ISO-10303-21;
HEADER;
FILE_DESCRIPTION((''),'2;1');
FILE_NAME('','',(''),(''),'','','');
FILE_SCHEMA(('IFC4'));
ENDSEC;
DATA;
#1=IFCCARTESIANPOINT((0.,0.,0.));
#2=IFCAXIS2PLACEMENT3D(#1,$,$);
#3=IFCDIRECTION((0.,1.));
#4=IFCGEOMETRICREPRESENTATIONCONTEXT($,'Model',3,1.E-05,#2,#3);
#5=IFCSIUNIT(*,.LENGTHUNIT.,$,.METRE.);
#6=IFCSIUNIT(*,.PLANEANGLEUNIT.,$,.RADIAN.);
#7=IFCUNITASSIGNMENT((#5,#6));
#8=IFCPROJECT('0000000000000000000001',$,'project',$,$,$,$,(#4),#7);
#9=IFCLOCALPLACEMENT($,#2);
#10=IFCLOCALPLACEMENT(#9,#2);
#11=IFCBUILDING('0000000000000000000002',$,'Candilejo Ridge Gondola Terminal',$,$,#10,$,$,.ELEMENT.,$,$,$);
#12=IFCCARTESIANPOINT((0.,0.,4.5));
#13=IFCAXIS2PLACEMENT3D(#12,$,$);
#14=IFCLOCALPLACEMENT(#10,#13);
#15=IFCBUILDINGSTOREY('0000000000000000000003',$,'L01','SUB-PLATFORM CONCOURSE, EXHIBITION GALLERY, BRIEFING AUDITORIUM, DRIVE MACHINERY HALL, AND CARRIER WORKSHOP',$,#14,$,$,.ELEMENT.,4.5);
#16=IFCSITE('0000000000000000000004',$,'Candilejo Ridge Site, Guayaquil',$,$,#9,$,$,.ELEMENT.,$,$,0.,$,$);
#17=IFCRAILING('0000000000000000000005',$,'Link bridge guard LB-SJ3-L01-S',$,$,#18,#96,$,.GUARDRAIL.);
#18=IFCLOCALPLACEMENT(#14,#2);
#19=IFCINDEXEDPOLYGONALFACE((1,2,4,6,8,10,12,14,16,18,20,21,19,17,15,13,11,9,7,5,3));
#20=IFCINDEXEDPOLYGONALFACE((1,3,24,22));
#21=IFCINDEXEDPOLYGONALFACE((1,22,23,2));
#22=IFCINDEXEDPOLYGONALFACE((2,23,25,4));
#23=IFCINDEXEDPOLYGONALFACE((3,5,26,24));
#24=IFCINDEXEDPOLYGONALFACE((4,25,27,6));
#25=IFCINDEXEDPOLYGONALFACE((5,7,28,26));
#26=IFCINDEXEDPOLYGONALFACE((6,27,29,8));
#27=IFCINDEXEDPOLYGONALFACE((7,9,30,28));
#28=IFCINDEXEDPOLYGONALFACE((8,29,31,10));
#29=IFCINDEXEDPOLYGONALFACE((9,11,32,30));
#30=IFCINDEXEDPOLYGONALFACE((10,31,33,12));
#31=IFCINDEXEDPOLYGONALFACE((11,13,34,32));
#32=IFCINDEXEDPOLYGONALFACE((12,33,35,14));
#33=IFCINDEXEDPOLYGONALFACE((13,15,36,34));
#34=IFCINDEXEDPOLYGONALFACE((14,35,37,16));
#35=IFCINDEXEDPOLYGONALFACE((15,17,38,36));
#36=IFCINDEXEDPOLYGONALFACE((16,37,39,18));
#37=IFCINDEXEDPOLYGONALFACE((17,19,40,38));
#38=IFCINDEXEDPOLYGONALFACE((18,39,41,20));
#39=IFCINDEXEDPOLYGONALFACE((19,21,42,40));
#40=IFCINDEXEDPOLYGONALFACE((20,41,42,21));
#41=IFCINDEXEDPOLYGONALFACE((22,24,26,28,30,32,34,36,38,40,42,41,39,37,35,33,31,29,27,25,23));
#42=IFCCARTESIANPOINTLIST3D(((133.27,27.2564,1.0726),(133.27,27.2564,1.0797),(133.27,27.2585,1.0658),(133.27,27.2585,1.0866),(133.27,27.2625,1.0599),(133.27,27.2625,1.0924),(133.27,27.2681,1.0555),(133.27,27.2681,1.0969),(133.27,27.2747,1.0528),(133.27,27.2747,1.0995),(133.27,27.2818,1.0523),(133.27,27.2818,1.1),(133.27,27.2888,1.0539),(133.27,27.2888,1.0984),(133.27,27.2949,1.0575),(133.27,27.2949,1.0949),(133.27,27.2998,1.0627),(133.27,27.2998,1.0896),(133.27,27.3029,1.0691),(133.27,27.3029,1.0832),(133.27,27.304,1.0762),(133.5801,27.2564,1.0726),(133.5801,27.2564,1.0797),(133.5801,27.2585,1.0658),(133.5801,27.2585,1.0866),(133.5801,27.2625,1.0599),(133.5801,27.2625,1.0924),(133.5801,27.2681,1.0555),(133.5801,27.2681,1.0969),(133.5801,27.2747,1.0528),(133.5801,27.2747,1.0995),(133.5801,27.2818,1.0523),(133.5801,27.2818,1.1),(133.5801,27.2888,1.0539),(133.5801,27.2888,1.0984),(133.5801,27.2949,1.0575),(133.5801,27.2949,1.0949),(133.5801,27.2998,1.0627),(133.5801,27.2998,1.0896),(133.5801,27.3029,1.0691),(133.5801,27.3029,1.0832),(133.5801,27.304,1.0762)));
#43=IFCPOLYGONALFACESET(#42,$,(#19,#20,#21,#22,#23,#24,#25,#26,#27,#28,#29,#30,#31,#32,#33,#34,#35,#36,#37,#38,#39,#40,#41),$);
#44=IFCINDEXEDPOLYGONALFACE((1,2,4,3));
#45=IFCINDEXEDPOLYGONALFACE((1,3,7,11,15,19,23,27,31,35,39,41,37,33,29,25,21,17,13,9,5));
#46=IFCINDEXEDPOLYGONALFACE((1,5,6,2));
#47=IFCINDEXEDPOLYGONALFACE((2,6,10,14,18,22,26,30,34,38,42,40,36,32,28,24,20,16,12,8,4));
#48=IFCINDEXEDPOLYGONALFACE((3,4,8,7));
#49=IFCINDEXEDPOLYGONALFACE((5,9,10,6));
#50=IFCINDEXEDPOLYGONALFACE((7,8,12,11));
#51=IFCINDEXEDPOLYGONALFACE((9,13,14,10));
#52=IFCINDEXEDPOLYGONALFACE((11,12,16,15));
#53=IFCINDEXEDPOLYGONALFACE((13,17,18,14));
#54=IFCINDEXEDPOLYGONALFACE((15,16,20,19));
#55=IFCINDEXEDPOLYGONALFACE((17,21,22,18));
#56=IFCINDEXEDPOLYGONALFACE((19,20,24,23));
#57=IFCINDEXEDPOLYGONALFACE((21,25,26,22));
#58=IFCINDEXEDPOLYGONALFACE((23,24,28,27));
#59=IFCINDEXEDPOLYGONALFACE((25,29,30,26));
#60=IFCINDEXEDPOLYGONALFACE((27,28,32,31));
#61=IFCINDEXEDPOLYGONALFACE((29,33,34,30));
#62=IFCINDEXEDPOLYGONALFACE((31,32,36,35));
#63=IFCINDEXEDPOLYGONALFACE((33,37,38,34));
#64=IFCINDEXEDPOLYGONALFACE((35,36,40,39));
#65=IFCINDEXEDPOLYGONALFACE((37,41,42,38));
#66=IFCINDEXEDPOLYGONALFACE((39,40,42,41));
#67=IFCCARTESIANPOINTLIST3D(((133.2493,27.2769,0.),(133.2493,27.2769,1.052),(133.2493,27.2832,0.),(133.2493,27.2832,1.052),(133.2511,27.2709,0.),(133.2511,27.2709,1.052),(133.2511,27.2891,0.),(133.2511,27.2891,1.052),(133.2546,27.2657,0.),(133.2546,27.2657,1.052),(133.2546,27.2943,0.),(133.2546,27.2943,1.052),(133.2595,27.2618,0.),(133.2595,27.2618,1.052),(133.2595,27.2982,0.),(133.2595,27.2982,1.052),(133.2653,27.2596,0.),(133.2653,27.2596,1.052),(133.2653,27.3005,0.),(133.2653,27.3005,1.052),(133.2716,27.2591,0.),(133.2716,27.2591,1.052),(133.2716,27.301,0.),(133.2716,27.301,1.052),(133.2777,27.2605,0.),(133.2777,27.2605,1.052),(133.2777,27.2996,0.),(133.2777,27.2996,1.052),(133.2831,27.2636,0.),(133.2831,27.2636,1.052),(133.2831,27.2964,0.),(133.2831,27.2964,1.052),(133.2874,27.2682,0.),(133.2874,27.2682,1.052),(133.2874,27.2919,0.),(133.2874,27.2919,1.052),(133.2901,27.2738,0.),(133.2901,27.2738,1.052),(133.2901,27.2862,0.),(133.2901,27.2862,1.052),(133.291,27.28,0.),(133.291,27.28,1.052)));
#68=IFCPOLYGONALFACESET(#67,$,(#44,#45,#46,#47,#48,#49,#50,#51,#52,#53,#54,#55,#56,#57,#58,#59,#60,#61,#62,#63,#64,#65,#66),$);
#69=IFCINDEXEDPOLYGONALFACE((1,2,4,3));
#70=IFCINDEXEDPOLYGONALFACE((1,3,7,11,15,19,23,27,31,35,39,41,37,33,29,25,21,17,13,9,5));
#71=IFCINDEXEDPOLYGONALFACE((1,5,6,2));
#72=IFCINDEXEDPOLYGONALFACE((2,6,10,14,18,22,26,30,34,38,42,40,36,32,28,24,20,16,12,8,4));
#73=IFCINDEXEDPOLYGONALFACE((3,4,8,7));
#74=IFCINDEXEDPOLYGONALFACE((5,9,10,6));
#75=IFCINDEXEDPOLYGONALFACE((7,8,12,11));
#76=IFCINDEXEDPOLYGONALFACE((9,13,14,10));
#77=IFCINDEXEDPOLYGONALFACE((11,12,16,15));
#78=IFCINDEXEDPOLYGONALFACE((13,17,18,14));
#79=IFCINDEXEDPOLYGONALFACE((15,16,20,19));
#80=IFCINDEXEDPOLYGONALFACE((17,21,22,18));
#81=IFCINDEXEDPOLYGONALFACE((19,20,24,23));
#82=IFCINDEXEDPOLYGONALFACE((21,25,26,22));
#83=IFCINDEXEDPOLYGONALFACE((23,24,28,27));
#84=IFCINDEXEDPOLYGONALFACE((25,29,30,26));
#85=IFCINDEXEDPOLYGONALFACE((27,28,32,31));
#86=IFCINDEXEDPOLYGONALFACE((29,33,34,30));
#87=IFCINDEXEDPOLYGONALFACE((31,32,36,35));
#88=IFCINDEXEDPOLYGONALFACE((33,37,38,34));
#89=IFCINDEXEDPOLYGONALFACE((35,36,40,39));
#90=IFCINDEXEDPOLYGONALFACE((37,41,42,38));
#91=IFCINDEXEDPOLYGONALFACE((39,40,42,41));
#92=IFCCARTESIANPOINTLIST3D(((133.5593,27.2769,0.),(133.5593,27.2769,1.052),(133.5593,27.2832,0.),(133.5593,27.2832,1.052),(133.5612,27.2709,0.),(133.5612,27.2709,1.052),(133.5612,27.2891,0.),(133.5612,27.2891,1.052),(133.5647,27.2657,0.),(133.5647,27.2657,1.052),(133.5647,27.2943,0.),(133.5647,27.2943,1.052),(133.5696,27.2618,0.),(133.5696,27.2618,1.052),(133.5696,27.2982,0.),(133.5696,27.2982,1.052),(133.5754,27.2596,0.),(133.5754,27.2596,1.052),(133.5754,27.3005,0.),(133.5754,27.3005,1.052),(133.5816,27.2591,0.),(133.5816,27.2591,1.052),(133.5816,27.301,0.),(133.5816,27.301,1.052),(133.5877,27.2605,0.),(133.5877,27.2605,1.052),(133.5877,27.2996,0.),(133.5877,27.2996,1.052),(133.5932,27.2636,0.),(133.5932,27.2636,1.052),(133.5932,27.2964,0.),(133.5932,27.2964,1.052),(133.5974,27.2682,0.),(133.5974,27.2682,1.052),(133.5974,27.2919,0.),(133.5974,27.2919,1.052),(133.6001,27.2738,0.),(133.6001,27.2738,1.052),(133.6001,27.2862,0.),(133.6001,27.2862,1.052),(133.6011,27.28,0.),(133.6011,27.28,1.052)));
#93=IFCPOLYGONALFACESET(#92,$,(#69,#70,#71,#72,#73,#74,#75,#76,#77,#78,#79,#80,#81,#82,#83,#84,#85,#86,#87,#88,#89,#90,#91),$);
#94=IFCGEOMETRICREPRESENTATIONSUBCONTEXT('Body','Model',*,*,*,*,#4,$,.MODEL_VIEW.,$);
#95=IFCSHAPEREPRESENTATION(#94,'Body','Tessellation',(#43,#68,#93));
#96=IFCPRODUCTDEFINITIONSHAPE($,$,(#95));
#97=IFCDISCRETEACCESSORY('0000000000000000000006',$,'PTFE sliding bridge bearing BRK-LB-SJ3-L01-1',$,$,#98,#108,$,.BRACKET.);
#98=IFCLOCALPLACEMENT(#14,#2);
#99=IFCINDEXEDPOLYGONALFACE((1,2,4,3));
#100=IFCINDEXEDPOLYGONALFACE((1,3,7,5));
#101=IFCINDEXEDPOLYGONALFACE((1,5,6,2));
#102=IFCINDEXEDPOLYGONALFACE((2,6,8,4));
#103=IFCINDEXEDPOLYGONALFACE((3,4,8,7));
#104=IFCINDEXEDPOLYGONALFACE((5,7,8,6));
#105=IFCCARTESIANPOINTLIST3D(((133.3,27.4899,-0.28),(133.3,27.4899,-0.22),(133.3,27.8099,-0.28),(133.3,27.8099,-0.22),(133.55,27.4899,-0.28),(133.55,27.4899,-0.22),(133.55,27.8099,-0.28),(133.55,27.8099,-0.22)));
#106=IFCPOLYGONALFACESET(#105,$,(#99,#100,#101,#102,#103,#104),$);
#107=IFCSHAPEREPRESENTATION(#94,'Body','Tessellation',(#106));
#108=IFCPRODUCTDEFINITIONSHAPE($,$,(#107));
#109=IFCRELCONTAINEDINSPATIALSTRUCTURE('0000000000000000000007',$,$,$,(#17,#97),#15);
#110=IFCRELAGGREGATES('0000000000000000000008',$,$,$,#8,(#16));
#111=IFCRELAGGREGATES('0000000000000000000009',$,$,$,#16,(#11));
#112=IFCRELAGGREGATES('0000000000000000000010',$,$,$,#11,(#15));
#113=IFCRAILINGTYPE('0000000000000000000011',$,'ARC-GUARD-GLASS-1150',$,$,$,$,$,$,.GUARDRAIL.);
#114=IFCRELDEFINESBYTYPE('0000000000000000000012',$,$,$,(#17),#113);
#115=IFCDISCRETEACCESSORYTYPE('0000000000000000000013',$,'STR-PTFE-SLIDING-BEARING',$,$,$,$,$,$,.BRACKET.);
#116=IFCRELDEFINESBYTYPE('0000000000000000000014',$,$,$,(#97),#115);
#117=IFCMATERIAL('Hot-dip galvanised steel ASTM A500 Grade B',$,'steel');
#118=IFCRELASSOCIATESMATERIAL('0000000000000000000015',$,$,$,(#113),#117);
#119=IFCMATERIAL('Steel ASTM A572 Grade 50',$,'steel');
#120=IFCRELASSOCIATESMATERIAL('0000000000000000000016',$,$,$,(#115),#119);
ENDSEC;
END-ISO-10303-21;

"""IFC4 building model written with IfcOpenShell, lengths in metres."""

from ifc_helpers import new_model, si_unit, direction, frame, origin, origin_2d, place, context, subcontext, project, spatial, rectangle, circle, extrude, material, type_object, element, save


model = new_model("IFC4")

# Units and contexts
model_context = context("Model", 3, precision=1e-05, world=origin(), true_north=direction((0.0, 1.0)))
body_context = subcontext(model_context, "Body", "Model", "MODEL_VIEW")
ifc_project = project(units=[si_unit("LENGTHUNIT", "METRE"), si_unit("PLANEANGLEUNIT", "RADIAN")], contexts=[model_context])

# Site, building, storey
site_placement = place(None, origin())
site = spatial("IfcSite", under=ifc_project, at=site_placement, Name="Candilejo Ridge Site, Guayaquil", CompositionType="ELEMENT", RefElevation=0.0)
building_placement = place(site_placement, origin())
building = spatial("IfcBuilding", under=site, at=building_placement, Name="Candilejo Ridge Gondola Terminal", CompositionType="ELEMENT")
storey_placement = place(building_placement, frame((0.0, 0.0, 4.5)))
storey = spatial("IfcBuildingStorey", under=building, at=storey_placement, Name="L01", Description="SUB-PLATFORM CONCOURSE, EXHIBITION GALLERY, BRIEFING AUDITORIUM, DRIVE MACHINERY HALL, AND CARRIER WORKSHOP", CompositionType="ELEMENT", Elevation=4.5)

# Railing
ifc_material_1 = material(Name="Hot-dip galvanised steel ASTM A500 Grade B", Category="steel")
railing_type = type_object("IfcRailingType", Name="ARC-GUARD-GLASS-1150", PredefinedType="GUARDRAIL", material=ifc_material_1)
railing_placement = place(storey_placement, frame((133.27, 27.28, 0.0)))
element("IfcRailing", 1, at=railing_placement, inside=storey, type_object=railing_type, Name="Link bridge guard LB-SJ3-L01-S", PredefinedType="GUARDRAIL", context=body_context, shape_type="SweptSolid", body=[
    extrude(circle(Radius=0.0239, at=origin_2d()), frame((0.0, 0.0, 1.0762), z_axis=(1.0, 0.0, 0.0), x_axis=(0.0, 1.0, 0.0)), (0.0, 0.0, 1.0), 0.3101),
    extrude(circle(Radius=0.021, at=origin_2d()), origin(), (0.0, 0.0, 1.0), 1.052),
    extrude(circle(Radius=0.021, at=origin_2d()), frame((0.3101, 0.0, 0.0)), (0.0, 0.0, 1.0), 1.052),
])

# Discrete accessory
ifc_material_2 = material(Name="Steel ASTM A572 Grade 50", Category="steel")
discrete_accessory_type = type_object("IfcDiscreteAccessoryType", Name="STR-PTFE-SLIDING-BEARING", PredefinedType="BRACKET", material=ifc_material_2)
discrete_accessory_placement = place(storey_placement, frame((133.425, 27.6499, -0.28)))
element("IfcDiscreteAccessory", 2, at=discrete_accessory_placement, inside=storey, type_object=discrete_accessory_type, Name="PTFE sliding bridge bearing BRK-LB-SJ3-L01-1", PredefinedType="BRACKET", context=body_context, shape_type="SweptSolid", body=[
    extrude(rectangle(XDim=0.25, YDim=0.3201, at=origin_2d()), origin(), (0.0, 0.0, 1.0), 0.0601),
])

save(model, "model.ifc")
